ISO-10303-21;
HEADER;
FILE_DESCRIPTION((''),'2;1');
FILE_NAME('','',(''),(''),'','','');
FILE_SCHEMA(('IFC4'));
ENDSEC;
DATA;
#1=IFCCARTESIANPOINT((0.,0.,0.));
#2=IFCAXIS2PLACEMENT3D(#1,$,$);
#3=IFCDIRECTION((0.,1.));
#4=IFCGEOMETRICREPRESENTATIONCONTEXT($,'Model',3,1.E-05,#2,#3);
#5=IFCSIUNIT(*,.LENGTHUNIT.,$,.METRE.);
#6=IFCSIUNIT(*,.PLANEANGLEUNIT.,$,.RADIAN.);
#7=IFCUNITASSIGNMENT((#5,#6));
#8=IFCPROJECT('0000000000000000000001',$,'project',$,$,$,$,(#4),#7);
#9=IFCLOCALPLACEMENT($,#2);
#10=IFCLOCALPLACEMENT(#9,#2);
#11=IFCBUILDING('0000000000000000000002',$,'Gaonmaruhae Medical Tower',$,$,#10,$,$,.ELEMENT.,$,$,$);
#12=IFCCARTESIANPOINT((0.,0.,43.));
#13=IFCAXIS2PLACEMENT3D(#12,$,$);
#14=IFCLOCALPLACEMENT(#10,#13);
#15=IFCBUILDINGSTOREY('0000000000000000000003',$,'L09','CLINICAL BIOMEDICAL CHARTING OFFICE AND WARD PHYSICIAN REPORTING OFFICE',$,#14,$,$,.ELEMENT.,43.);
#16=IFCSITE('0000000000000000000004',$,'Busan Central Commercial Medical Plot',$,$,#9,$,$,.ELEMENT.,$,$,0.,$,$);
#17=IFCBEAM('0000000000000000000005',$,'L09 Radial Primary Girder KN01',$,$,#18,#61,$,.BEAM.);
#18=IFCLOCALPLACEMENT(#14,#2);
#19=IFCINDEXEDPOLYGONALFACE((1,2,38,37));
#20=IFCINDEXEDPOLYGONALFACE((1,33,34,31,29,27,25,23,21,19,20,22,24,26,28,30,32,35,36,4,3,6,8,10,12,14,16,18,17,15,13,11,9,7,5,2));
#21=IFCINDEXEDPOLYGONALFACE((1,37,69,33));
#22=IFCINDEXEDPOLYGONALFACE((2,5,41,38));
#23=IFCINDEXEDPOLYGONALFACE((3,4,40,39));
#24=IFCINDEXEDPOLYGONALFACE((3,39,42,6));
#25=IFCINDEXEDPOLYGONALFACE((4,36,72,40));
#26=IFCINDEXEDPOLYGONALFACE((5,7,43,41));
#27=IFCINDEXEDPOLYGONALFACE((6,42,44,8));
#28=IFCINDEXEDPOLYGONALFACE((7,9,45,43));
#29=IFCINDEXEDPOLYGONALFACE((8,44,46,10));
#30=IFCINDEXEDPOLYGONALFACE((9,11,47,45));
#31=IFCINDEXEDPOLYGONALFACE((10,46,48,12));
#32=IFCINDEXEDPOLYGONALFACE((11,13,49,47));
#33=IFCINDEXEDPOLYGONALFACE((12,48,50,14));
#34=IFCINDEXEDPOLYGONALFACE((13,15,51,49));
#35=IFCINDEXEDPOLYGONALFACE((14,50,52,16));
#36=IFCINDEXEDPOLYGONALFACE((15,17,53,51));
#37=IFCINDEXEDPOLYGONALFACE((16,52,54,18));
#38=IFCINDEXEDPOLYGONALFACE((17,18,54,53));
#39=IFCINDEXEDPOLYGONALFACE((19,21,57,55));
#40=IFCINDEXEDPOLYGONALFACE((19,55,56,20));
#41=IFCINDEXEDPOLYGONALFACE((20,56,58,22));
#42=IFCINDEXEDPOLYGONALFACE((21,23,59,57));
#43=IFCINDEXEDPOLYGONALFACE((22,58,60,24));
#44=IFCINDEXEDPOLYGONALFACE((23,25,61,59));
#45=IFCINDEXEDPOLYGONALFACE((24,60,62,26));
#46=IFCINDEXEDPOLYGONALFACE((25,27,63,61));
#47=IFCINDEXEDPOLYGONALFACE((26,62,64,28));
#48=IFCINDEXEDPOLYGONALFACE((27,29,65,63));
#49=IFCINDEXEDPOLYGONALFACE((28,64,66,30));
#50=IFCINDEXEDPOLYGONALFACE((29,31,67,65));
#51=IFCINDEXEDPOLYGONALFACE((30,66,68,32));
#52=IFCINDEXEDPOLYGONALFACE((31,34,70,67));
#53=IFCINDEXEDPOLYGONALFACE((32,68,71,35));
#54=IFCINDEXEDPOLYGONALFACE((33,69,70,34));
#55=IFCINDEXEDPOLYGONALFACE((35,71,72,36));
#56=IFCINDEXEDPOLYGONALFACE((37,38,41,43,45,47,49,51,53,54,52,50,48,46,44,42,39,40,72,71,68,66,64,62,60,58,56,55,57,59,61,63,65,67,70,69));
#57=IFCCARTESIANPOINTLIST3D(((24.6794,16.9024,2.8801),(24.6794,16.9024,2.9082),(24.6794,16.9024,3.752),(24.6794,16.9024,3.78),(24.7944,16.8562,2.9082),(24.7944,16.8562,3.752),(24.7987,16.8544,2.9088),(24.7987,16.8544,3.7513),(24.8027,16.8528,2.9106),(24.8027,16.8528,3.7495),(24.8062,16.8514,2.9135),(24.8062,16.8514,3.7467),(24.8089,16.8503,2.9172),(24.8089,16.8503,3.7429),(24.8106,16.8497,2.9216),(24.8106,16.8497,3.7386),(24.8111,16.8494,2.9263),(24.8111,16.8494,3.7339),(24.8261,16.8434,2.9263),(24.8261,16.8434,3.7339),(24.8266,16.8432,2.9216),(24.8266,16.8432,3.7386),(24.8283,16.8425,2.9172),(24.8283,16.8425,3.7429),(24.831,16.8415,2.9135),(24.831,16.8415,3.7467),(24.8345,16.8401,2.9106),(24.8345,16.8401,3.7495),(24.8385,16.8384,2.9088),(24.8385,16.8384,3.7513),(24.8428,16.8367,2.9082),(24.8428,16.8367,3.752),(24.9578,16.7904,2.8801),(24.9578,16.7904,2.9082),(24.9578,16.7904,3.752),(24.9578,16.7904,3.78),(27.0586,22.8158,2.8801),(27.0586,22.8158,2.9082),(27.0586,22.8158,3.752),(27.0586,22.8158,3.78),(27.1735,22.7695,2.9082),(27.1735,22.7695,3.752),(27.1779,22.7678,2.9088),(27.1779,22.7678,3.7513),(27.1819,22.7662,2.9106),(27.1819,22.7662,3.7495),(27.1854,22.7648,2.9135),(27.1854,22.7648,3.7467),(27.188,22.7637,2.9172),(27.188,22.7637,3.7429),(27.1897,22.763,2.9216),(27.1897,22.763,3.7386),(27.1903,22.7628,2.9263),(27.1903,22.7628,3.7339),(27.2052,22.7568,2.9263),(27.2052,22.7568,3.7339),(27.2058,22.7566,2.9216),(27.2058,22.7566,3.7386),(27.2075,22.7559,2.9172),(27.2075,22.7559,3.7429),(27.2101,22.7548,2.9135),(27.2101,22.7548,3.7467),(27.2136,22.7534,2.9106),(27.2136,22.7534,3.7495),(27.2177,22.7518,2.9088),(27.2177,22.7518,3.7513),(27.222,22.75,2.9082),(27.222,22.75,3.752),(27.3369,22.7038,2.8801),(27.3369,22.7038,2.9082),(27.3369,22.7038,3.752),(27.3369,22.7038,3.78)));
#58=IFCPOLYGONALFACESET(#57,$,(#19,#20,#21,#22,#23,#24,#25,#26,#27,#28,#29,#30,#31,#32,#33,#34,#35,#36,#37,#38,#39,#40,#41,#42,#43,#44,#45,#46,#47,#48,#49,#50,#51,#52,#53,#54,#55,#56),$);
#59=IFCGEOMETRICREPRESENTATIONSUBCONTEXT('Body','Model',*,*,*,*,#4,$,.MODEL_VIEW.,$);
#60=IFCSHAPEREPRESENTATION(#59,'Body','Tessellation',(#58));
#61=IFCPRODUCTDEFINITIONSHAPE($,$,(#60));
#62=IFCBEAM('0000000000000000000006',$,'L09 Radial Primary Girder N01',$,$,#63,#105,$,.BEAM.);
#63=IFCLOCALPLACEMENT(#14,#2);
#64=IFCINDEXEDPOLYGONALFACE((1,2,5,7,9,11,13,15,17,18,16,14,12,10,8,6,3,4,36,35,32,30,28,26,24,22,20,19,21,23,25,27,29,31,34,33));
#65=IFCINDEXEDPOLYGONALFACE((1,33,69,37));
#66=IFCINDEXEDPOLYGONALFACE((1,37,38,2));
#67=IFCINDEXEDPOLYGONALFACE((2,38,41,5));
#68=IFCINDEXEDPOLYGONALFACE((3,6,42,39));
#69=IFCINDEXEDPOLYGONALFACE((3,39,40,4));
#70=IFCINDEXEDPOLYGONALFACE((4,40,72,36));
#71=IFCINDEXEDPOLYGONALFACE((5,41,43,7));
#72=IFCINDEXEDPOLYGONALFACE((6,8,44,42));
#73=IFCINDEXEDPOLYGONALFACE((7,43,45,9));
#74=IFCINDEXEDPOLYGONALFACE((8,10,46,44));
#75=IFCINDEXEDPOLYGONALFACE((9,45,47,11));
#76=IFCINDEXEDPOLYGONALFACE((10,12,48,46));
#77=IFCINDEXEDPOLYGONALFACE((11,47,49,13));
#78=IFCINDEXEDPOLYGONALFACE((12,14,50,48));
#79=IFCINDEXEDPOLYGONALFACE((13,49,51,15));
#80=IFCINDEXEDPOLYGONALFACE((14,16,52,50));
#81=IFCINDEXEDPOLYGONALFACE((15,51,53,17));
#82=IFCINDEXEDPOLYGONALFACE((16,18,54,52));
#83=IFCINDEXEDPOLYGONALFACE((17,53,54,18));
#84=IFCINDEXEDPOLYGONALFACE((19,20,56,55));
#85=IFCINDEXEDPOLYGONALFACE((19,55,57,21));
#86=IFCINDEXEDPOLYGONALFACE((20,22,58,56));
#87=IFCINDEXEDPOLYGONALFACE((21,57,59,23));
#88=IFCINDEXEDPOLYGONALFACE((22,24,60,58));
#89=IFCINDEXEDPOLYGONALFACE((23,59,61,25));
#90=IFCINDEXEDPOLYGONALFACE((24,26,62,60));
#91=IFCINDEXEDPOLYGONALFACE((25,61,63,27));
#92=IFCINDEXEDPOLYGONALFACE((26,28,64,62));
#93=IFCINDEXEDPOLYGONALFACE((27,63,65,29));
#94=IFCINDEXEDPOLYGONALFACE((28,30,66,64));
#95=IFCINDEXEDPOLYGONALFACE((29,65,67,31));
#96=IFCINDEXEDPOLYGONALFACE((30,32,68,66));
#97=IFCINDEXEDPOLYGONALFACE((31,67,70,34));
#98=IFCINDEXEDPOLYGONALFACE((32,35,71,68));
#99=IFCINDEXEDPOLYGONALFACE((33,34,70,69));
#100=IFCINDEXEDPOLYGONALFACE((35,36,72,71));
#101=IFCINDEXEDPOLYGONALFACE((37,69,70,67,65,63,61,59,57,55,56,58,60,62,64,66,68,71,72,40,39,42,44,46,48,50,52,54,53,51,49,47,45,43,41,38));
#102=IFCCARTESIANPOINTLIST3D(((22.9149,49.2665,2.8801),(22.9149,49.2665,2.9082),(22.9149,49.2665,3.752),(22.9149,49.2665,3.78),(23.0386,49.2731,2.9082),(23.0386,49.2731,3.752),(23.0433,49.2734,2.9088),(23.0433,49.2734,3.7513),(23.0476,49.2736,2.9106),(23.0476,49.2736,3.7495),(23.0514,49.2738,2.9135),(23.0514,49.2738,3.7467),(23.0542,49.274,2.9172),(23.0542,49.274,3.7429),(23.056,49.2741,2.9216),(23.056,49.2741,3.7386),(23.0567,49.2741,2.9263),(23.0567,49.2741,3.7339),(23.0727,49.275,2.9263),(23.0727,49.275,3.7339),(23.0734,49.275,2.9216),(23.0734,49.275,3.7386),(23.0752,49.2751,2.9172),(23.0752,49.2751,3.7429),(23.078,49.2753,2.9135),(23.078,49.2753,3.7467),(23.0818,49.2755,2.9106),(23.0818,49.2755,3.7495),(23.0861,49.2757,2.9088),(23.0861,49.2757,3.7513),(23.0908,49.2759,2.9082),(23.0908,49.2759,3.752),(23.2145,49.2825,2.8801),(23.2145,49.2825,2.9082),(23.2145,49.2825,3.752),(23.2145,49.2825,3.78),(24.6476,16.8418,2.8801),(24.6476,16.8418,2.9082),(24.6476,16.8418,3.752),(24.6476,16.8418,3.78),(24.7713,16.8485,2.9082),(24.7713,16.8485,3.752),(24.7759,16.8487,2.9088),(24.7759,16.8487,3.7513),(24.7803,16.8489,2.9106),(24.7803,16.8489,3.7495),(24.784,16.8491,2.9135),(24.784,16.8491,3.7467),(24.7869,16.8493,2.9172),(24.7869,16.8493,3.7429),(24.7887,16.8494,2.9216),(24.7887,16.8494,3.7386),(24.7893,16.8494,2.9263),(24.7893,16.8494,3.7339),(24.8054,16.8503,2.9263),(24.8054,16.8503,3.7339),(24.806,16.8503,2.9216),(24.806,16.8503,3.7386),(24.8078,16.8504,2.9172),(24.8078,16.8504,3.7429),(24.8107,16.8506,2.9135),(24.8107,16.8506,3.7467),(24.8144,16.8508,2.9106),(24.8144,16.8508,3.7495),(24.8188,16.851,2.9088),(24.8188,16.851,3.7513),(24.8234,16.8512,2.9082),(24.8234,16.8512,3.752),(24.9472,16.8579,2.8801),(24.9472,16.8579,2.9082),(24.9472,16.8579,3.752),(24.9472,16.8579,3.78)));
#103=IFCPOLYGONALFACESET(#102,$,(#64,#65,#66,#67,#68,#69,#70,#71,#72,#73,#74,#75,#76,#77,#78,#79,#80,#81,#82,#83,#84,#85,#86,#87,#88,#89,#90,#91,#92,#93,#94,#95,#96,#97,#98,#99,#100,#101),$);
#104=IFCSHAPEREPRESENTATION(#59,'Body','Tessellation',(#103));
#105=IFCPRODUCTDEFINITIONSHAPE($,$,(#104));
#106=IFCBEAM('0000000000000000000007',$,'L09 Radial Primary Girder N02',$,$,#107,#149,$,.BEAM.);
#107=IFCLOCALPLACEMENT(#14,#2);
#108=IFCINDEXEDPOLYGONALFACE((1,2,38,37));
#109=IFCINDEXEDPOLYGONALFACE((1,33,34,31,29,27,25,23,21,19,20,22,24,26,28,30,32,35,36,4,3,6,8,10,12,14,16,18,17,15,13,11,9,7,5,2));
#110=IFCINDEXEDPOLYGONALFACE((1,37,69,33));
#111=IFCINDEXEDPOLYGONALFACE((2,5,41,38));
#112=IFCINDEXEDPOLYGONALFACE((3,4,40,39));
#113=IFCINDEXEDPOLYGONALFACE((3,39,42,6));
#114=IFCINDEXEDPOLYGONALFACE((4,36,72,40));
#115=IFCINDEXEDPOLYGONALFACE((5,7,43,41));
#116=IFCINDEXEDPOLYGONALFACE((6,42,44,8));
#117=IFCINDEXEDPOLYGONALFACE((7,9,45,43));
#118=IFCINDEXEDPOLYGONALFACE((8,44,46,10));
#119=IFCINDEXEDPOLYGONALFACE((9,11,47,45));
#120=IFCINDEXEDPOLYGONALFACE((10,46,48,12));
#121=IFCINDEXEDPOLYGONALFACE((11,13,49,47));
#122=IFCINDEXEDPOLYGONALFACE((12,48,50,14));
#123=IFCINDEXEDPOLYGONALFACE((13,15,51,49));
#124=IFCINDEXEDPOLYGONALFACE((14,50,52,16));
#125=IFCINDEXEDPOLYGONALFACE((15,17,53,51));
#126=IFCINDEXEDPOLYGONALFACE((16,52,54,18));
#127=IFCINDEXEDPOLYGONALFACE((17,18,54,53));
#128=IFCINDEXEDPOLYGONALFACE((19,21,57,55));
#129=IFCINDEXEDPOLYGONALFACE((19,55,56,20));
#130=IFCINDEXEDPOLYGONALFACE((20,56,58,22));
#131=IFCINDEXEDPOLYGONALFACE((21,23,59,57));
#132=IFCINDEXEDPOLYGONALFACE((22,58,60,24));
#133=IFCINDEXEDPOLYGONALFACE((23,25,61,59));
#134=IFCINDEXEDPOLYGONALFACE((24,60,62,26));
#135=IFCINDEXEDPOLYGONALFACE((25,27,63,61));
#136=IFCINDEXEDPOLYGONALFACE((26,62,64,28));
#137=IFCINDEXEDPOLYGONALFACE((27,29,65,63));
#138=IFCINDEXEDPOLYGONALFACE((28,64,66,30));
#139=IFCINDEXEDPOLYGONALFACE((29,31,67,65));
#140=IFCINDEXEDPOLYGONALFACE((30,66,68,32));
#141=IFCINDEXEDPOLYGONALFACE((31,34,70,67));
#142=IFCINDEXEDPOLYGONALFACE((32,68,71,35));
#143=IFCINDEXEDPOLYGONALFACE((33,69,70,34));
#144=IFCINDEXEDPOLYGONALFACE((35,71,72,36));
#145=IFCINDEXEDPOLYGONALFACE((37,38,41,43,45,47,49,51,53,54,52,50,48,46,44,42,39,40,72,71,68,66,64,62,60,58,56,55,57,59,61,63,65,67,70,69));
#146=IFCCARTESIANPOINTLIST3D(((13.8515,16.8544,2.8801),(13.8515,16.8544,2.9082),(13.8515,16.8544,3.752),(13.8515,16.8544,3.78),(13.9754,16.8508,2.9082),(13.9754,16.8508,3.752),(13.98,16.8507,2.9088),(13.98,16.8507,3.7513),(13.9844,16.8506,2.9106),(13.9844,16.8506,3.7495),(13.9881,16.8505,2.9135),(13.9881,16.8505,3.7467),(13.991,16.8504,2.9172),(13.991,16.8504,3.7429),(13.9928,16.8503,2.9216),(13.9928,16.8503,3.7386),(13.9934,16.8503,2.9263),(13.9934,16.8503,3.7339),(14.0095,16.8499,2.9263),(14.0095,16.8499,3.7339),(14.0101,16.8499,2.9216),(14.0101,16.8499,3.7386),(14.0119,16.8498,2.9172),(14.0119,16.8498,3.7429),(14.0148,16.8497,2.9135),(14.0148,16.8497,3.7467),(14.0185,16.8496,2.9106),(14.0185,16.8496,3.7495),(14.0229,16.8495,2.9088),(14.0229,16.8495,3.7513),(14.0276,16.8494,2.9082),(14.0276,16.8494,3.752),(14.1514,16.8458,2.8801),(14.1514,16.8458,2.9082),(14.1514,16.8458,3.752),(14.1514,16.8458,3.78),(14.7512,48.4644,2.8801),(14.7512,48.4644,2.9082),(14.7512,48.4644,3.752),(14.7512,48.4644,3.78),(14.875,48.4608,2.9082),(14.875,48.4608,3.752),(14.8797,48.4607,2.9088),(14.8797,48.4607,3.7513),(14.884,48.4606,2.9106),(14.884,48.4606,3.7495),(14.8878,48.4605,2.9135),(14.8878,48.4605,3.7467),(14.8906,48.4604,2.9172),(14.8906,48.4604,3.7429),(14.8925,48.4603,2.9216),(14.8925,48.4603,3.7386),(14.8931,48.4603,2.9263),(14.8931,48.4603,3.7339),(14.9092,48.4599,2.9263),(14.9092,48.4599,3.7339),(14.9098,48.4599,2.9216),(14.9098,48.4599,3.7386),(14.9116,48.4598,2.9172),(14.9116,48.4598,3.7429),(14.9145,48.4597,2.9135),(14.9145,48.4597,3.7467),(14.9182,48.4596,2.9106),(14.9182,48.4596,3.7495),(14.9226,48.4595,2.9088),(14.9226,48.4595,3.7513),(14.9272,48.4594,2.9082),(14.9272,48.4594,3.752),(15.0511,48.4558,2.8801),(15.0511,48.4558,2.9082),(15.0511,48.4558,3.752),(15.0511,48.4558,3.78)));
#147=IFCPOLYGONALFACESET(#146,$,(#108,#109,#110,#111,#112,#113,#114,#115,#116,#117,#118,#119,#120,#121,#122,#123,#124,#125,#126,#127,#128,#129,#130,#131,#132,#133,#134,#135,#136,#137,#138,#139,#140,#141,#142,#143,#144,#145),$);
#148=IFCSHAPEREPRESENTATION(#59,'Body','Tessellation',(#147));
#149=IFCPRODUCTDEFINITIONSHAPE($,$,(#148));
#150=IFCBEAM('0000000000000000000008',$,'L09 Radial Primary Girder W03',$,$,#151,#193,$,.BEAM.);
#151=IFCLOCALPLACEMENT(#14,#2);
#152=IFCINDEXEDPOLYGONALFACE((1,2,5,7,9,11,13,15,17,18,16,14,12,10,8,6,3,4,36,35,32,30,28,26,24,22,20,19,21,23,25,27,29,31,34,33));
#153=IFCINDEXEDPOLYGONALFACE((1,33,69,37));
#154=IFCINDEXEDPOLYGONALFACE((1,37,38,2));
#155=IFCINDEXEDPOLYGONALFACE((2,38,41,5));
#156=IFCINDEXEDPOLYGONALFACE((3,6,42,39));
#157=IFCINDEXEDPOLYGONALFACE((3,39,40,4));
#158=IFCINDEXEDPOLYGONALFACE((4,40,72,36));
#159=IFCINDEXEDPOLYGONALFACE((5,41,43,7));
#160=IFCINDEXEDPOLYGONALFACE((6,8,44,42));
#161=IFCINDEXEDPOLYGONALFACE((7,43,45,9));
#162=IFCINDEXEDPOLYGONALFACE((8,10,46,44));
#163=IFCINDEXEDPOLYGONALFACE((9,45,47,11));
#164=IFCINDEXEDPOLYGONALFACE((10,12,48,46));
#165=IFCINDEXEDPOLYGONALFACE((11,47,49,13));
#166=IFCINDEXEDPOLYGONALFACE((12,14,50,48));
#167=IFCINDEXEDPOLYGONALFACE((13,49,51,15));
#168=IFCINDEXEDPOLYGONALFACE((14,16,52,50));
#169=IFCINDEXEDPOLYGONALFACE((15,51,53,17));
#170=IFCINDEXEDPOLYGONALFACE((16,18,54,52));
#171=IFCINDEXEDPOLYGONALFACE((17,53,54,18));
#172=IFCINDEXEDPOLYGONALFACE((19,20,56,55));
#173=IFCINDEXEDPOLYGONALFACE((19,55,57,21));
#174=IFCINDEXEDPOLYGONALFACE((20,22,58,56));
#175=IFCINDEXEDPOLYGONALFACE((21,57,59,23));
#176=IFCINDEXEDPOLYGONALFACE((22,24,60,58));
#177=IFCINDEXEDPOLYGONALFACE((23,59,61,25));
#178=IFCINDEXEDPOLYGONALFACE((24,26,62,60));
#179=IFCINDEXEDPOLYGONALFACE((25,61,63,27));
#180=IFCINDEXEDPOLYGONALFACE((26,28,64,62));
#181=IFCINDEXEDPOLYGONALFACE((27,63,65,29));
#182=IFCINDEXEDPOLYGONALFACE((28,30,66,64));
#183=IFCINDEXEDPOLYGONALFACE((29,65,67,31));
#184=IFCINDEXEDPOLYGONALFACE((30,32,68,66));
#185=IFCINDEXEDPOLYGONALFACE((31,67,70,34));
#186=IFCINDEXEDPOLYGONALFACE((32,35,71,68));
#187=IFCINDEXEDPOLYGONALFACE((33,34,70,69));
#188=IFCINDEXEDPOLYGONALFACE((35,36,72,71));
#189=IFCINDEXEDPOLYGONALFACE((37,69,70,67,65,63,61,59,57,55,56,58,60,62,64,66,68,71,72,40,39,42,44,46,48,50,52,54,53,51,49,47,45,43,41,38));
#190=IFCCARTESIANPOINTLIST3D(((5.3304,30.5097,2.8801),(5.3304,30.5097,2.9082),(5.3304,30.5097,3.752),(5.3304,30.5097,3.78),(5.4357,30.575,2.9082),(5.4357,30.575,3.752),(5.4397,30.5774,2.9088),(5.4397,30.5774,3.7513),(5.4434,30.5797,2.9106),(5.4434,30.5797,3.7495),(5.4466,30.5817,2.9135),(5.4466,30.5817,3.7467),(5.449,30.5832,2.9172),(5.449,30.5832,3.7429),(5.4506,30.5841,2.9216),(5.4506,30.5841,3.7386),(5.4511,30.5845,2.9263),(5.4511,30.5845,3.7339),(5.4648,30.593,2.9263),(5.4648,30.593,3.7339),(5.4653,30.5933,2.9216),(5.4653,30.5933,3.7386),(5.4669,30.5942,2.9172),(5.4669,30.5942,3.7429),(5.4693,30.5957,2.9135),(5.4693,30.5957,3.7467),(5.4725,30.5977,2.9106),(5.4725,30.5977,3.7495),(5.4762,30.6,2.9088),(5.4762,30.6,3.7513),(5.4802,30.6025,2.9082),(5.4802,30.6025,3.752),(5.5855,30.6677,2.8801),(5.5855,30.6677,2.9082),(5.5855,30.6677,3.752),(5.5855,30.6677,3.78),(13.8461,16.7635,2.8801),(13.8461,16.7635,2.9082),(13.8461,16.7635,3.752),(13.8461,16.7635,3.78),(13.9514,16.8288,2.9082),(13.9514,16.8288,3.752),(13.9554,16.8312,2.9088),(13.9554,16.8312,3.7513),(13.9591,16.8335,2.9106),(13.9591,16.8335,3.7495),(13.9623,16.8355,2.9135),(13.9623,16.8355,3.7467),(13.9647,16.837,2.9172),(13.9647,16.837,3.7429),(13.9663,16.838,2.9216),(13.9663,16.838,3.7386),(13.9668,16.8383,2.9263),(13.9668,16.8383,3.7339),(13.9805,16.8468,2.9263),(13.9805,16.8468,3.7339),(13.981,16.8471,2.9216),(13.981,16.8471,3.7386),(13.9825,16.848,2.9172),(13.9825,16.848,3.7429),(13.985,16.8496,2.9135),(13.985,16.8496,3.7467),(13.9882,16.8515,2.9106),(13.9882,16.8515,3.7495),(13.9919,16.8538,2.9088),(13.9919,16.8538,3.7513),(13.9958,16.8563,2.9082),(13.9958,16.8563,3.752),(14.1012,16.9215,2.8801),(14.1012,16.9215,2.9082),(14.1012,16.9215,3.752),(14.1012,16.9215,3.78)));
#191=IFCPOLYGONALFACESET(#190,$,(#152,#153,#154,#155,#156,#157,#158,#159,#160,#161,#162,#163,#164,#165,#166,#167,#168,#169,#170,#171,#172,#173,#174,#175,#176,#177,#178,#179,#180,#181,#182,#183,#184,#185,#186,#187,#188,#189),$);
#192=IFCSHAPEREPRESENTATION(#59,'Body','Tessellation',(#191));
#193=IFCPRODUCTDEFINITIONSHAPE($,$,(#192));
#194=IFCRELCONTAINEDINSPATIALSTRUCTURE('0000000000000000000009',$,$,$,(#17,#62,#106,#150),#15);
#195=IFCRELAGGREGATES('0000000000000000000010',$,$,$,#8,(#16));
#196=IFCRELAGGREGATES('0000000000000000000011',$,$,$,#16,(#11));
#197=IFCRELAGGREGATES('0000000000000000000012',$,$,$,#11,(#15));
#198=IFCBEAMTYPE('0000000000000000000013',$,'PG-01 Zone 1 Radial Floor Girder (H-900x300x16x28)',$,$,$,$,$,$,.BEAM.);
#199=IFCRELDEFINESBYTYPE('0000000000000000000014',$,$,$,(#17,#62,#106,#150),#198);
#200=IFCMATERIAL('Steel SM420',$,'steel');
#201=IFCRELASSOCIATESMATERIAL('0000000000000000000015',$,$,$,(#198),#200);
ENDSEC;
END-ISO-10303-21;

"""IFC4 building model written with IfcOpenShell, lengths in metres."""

from ifc_helpers import new_model, si_unit, direction, frame, origin, origin_2d, place, context, subcontext, project, spatial, i_section, extrude, material, material_profile, profile_set, type_object, element, save


model = new_model("IFC4")

# Units and contexts
model_context = context("Model", 3, precision=1e-05, world=origin(), true_north=direction((0.0, 1.0)))
body_context = subcontext(model_context, "Body", "Model", "MODEL_VIEW")
ifc_project = project(units=[si_unit("LENGTHUNIT", "METRE"), si_unit("PLANEANGLEUNIT", "RADIAN")], contexts=[model_context])

# Site, building, storey
site_placement = place(None, origin())
site = spatial("IfcSite", under=ifc_project, at=site_placement, Name="Busan Central Commercial Medical Plot", CompositionType="ELEMENT", RefElevation=0.0)
building_placement = place(site_placement, origin())
building = spatial("IfcBuilding", under=site, at=building_placement, Name="Gaonmaruhae Medical Tower", CompositionType="ELEMENT")
storey_placement = place(building_placement, frame((0.0, 0.0, 43.0)))
storey = spatial("IfcBuildingStorey", under=building, at=storey_placement, Name="L09", Description="CLINICAL BIOMEDICAL CHARTING OFFICE AND WARD PHYSICIAN REPORTING OFFICE", CompositionType="ELEMENT", Elevation=43.0)

# Beams
ifc_material_1 = material(Name="Steel SM420", Category="steel")
ifc_material_profile_1 = material_profile(ifc_material_1, i_section(OverallWidth=0.3, OverallDepth=0.8999, WebThickness=0.0161, FlangeThickness=0.0281, FilletRadius=0.0181, at=origin_2d()), Name="H-900x300x16x28")
ifc_profile_set_1 = profile_set([ifc_material_profile_1], Name="Steel SM420")
beam_type_1 = type_object("IfcBeamType", Name="PG-01 Zone 1 Radial Floor Girder (H-900x300x16x28)", PredefinedType="BEAM", material=ifc_profile_set_1)
beam_1_placement = place(storey_placement, frame((24.8186, 16.8464, 3.3301), z_axis=(0.373259, 0.927727, 0.0), x_axis=(-0.927727, 0.373259, 0.0)))
element("IfcBeam", 1, at=beam_1_placement, inside=storey, type_object=beam_type_1, Name="L09 Radial Primary Girder KN01", PredefinedType="BEAM", context=body_context, shape_type="SweptSolid", body=[
    extrude(i_section(OverallWidth=0.3, OverallDepth=0.8999, WebThickness=0.0161, FlangeThickness=0.0281, FilletRadius=0.0181, at=origin_2d()), origin(), (0.0, 0.0, 1.0), 6.374),
])
beam_2_placement = place(storey_placement, frame((24.7974, 16.8499, 3.3301), z_axis=(-0.05336, 0.998575, 0.0), x_axis=(-0.998575, -0.05336, 0.0)))
element("IfcBeam", 2, at=beam_2_placement, inside=storey, type_object=beam_type_1, Name="L09 Radial Primary Girder N01", PredefinedType="BEAM", context=body_context, shape_type="SweptSolid", body=[
    extrude(i_section(OverallWidth=0.3, OverallDepth=0.8999, WebThickness=0.0161, FlangeThickness=0.0281, FilletRadius=0.0181, at=origin_2d()), origin(), (0.0, 0.0, 1.0), 32.4709),
])
beam_3_placement = place(storey_placement, frame((14.0015, 16.8501, 3.3301), z_axis=(0.02845, 0.999595, 0.0), x_axis=(-0.999595, 0.02845, 0.0)))
element("IfcBeam", 3, at=beam_3_placement, inside=storey, type_object=beam_type_1, Name="L09 Radial Primary Girder N02", PredefinedType="BEAM", context=body_context, shape_type="SweptSolid", body=[
    extrude(i_section(OverallWidth=0.3, OverallDepth=0.8999, WebThickness=0.0161, FlangeThickness=0.0281, FilletRadius=0.0181, at=origin_2d()), origin(), (0.0, 0.0, 1.0), 31.6228),
])
beam_4_placement = place(storey_placement, frame((13.9736, 16.8425, 3.3301), z_axis=(-0.526629, 0.850095, 0.0), x_axis=(-0.850095, -0.526629, 0.0)))
element("IfcBeam", 4, at=beam_4_placement, inside=storey, type_object=beam_type_1, Name="L09 Radial Primary Girder W03", PredefinedType="BEAM", context=body_context, shape_type="SweptSolid", body=[
    extrude(i_section(OverallWidth=0.3, OverallDepth=0.8999, WebThickness=0.0161, FlangeThickness=0.0281, FilletRadius=0.0181, at=origin_2d()), origin(), (0.0, 0.0, 1.0), 16.1702),
])

save(model, "model.ifc")
